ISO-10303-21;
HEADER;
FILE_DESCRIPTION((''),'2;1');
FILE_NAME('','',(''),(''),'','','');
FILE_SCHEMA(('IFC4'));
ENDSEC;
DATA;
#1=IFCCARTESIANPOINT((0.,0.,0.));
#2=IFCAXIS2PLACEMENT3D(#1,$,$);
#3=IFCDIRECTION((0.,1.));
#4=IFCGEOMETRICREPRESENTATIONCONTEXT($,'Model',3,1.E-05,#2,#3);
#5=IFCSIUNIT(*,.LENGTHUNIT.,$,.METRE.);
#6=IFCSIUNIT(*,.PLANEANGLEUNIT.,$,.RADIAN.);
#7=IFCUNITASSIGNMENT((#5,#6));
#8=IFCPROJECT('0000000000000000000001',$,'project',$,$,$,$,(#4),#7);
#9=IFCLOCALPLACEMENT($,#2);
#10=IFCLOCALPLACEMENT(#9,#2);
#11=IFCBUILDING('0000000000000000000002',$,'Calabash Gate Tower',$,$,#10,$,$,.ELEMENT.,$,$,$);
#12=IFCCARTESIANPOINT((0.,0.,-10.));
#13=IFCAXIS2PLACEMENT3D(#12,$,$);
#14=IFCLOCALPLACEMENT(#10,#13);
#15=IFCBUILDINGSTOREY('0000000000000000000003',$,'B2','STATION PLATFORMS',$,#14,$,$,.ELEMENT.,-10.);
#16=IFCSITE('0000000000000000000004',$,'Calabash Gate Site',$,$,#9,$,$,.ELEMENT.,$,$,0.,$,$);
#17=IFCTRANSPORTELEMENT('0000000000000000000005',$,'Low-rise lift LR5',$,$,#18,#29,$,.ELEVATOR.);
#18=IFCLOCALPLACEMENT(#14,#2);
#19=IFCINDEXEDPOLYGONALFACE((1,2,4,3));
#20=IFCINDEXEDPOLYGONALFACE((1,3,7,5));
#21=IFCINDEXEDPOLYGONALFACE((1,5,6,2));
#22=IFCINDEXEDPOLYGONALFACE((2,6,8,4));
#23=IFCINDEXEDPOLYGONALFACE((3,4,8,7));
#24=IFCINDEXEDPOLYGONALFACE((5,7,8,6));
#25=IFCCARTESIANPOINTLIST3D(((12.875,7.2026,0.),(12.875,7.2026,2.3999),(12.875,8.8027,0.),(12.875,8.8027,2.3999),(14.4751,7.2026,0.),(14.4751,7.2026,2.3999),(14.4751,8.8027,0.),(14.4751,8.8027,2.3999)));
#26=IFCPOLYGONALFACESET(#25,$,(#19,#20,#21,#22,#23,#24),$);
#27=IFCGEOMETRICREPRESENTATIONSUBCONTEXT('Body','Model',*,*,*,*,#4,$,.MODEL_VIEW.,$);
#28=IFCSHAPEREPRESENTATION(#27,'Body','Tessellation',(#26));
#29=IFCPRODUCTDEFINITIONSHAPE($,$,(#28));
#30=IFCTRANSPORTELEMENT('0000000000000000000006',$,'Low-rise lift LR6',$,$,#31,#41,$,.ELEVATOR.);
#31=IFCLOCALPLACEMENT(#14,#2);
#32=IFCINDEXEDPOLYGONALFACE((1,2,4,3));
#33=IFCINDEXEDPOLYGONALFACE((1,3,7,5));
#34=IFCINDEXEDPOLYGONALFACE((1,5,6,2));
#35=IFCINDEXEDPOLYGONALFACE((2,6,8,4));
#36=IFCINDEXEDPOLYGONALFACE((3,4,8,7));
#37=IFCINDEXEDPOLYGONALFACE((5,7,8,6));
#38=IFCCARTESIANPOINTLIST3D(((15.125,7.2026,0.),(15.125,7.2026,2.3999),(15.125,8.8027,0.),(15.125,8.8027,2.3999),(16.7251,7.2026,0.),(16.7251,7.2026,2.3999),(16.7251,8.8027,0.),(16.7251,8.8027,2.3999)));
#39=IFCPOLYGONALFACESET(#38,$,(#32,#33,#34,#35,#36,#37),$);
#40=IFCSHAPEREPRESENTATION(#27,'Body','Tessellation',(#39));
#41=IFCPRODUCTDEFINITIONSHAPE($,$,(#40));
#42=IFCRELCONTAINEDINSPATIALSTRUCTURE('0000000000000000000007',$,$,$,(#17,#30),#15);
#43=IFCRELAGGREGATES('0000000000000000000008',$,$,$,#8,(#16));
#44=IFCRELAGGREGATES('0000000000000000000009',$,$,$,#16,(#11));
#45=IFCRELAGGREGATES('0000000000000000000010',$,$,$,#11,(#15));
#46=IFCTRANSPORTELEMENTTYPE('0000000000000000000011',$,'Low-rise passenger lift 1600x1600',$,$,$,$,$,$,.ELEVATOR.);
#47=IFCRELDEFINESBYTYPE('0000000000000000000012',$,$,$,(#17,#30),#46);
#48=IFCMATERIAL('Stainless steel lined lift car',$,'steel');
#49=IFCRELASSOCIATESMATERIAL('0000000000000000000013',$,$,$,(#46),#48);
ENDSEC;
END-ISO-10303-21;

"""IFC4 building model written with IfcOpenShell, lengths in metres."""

from ifc_helpers import new_model, si_unit, direction, frame, origin, origin_2d, place, context, subcontext, project, spatial, rectangle, extrude, material, type_object, element, save


model = new_model("IFC4")

# Units and contexts
model_context = context("Model", 3, precision=1e-05, world=origin(), true_north=direction((0.0, 1.0)))
body_context = subcontext(model_context, "Body", "Model", "MODEL_VIEW")
ifc_project = project(units=[si_unit("LENGTHUNIT", "METRE"), si_unit("PLANEANGLEUNIT", "RADIAN")], contexts=[model_context])

# Site, building, storey
site_placement = place(None, origin())
site = spatial("IfcSite", under=ifc_project, at=site_placement, Name="Calabash Gate Site", CompositionType="ELEMENT", RefElevation=0.0)
building_placement = place(site_placement, origin())
building = spatial("IfcBuilding", under=site, at=building_placement, Name="Calabash Gate Tower", CompositionType="ELEMENT")
storey_placement = place(building_placement, frame((0.0, 0.0, -10.0)))
storey = spatial("IfcBuildingStorey", under=building, at=storey_placement, Name="B2", Description="STATION PLATFORMS", CompositionType="ELEMENT", Elevation=-10.0)

# Transport elements
ifc_material_1 = material(Name="Stainless steel lined lift car", Category="steel")
transport_element_type = type_object("IfcTransportElementType", Name="Low-rise passenger lift 1600x1600", PredefinedType="ELEVATOR", material=ifc_material_1)
for number, where, z_axis, x_axis, name in (
    (1, (13.675, 8.0027, 0.0), (0.0, 0.0, 1.0), (1.0, 0.0, 0.0), "Low-rise lift LR5"),
    (2, (15.925, 8.0027, 0.0), (0.0, 0.0, 1.0), (1.0, 0.0, 0.0), "Low-rise lift LR6"),
):
    element("IfcTransportElement", number, at=place(storey_placement, frame(where, z_axis=z_axis, x_axis=x_axis)), inside=storey, type_object=transport_element_type, Name=name, PredefinedType="ELEVATOR", context=body_context, shape_type="SweptSolid", body=[
        extrude(rectangle(XDim=1.6001, YDim=1.6001, at=origin_2d()), origin(), (0.0, 0.0, 1.0), 2.3999),
    ])

save(model, "model.ifc")
